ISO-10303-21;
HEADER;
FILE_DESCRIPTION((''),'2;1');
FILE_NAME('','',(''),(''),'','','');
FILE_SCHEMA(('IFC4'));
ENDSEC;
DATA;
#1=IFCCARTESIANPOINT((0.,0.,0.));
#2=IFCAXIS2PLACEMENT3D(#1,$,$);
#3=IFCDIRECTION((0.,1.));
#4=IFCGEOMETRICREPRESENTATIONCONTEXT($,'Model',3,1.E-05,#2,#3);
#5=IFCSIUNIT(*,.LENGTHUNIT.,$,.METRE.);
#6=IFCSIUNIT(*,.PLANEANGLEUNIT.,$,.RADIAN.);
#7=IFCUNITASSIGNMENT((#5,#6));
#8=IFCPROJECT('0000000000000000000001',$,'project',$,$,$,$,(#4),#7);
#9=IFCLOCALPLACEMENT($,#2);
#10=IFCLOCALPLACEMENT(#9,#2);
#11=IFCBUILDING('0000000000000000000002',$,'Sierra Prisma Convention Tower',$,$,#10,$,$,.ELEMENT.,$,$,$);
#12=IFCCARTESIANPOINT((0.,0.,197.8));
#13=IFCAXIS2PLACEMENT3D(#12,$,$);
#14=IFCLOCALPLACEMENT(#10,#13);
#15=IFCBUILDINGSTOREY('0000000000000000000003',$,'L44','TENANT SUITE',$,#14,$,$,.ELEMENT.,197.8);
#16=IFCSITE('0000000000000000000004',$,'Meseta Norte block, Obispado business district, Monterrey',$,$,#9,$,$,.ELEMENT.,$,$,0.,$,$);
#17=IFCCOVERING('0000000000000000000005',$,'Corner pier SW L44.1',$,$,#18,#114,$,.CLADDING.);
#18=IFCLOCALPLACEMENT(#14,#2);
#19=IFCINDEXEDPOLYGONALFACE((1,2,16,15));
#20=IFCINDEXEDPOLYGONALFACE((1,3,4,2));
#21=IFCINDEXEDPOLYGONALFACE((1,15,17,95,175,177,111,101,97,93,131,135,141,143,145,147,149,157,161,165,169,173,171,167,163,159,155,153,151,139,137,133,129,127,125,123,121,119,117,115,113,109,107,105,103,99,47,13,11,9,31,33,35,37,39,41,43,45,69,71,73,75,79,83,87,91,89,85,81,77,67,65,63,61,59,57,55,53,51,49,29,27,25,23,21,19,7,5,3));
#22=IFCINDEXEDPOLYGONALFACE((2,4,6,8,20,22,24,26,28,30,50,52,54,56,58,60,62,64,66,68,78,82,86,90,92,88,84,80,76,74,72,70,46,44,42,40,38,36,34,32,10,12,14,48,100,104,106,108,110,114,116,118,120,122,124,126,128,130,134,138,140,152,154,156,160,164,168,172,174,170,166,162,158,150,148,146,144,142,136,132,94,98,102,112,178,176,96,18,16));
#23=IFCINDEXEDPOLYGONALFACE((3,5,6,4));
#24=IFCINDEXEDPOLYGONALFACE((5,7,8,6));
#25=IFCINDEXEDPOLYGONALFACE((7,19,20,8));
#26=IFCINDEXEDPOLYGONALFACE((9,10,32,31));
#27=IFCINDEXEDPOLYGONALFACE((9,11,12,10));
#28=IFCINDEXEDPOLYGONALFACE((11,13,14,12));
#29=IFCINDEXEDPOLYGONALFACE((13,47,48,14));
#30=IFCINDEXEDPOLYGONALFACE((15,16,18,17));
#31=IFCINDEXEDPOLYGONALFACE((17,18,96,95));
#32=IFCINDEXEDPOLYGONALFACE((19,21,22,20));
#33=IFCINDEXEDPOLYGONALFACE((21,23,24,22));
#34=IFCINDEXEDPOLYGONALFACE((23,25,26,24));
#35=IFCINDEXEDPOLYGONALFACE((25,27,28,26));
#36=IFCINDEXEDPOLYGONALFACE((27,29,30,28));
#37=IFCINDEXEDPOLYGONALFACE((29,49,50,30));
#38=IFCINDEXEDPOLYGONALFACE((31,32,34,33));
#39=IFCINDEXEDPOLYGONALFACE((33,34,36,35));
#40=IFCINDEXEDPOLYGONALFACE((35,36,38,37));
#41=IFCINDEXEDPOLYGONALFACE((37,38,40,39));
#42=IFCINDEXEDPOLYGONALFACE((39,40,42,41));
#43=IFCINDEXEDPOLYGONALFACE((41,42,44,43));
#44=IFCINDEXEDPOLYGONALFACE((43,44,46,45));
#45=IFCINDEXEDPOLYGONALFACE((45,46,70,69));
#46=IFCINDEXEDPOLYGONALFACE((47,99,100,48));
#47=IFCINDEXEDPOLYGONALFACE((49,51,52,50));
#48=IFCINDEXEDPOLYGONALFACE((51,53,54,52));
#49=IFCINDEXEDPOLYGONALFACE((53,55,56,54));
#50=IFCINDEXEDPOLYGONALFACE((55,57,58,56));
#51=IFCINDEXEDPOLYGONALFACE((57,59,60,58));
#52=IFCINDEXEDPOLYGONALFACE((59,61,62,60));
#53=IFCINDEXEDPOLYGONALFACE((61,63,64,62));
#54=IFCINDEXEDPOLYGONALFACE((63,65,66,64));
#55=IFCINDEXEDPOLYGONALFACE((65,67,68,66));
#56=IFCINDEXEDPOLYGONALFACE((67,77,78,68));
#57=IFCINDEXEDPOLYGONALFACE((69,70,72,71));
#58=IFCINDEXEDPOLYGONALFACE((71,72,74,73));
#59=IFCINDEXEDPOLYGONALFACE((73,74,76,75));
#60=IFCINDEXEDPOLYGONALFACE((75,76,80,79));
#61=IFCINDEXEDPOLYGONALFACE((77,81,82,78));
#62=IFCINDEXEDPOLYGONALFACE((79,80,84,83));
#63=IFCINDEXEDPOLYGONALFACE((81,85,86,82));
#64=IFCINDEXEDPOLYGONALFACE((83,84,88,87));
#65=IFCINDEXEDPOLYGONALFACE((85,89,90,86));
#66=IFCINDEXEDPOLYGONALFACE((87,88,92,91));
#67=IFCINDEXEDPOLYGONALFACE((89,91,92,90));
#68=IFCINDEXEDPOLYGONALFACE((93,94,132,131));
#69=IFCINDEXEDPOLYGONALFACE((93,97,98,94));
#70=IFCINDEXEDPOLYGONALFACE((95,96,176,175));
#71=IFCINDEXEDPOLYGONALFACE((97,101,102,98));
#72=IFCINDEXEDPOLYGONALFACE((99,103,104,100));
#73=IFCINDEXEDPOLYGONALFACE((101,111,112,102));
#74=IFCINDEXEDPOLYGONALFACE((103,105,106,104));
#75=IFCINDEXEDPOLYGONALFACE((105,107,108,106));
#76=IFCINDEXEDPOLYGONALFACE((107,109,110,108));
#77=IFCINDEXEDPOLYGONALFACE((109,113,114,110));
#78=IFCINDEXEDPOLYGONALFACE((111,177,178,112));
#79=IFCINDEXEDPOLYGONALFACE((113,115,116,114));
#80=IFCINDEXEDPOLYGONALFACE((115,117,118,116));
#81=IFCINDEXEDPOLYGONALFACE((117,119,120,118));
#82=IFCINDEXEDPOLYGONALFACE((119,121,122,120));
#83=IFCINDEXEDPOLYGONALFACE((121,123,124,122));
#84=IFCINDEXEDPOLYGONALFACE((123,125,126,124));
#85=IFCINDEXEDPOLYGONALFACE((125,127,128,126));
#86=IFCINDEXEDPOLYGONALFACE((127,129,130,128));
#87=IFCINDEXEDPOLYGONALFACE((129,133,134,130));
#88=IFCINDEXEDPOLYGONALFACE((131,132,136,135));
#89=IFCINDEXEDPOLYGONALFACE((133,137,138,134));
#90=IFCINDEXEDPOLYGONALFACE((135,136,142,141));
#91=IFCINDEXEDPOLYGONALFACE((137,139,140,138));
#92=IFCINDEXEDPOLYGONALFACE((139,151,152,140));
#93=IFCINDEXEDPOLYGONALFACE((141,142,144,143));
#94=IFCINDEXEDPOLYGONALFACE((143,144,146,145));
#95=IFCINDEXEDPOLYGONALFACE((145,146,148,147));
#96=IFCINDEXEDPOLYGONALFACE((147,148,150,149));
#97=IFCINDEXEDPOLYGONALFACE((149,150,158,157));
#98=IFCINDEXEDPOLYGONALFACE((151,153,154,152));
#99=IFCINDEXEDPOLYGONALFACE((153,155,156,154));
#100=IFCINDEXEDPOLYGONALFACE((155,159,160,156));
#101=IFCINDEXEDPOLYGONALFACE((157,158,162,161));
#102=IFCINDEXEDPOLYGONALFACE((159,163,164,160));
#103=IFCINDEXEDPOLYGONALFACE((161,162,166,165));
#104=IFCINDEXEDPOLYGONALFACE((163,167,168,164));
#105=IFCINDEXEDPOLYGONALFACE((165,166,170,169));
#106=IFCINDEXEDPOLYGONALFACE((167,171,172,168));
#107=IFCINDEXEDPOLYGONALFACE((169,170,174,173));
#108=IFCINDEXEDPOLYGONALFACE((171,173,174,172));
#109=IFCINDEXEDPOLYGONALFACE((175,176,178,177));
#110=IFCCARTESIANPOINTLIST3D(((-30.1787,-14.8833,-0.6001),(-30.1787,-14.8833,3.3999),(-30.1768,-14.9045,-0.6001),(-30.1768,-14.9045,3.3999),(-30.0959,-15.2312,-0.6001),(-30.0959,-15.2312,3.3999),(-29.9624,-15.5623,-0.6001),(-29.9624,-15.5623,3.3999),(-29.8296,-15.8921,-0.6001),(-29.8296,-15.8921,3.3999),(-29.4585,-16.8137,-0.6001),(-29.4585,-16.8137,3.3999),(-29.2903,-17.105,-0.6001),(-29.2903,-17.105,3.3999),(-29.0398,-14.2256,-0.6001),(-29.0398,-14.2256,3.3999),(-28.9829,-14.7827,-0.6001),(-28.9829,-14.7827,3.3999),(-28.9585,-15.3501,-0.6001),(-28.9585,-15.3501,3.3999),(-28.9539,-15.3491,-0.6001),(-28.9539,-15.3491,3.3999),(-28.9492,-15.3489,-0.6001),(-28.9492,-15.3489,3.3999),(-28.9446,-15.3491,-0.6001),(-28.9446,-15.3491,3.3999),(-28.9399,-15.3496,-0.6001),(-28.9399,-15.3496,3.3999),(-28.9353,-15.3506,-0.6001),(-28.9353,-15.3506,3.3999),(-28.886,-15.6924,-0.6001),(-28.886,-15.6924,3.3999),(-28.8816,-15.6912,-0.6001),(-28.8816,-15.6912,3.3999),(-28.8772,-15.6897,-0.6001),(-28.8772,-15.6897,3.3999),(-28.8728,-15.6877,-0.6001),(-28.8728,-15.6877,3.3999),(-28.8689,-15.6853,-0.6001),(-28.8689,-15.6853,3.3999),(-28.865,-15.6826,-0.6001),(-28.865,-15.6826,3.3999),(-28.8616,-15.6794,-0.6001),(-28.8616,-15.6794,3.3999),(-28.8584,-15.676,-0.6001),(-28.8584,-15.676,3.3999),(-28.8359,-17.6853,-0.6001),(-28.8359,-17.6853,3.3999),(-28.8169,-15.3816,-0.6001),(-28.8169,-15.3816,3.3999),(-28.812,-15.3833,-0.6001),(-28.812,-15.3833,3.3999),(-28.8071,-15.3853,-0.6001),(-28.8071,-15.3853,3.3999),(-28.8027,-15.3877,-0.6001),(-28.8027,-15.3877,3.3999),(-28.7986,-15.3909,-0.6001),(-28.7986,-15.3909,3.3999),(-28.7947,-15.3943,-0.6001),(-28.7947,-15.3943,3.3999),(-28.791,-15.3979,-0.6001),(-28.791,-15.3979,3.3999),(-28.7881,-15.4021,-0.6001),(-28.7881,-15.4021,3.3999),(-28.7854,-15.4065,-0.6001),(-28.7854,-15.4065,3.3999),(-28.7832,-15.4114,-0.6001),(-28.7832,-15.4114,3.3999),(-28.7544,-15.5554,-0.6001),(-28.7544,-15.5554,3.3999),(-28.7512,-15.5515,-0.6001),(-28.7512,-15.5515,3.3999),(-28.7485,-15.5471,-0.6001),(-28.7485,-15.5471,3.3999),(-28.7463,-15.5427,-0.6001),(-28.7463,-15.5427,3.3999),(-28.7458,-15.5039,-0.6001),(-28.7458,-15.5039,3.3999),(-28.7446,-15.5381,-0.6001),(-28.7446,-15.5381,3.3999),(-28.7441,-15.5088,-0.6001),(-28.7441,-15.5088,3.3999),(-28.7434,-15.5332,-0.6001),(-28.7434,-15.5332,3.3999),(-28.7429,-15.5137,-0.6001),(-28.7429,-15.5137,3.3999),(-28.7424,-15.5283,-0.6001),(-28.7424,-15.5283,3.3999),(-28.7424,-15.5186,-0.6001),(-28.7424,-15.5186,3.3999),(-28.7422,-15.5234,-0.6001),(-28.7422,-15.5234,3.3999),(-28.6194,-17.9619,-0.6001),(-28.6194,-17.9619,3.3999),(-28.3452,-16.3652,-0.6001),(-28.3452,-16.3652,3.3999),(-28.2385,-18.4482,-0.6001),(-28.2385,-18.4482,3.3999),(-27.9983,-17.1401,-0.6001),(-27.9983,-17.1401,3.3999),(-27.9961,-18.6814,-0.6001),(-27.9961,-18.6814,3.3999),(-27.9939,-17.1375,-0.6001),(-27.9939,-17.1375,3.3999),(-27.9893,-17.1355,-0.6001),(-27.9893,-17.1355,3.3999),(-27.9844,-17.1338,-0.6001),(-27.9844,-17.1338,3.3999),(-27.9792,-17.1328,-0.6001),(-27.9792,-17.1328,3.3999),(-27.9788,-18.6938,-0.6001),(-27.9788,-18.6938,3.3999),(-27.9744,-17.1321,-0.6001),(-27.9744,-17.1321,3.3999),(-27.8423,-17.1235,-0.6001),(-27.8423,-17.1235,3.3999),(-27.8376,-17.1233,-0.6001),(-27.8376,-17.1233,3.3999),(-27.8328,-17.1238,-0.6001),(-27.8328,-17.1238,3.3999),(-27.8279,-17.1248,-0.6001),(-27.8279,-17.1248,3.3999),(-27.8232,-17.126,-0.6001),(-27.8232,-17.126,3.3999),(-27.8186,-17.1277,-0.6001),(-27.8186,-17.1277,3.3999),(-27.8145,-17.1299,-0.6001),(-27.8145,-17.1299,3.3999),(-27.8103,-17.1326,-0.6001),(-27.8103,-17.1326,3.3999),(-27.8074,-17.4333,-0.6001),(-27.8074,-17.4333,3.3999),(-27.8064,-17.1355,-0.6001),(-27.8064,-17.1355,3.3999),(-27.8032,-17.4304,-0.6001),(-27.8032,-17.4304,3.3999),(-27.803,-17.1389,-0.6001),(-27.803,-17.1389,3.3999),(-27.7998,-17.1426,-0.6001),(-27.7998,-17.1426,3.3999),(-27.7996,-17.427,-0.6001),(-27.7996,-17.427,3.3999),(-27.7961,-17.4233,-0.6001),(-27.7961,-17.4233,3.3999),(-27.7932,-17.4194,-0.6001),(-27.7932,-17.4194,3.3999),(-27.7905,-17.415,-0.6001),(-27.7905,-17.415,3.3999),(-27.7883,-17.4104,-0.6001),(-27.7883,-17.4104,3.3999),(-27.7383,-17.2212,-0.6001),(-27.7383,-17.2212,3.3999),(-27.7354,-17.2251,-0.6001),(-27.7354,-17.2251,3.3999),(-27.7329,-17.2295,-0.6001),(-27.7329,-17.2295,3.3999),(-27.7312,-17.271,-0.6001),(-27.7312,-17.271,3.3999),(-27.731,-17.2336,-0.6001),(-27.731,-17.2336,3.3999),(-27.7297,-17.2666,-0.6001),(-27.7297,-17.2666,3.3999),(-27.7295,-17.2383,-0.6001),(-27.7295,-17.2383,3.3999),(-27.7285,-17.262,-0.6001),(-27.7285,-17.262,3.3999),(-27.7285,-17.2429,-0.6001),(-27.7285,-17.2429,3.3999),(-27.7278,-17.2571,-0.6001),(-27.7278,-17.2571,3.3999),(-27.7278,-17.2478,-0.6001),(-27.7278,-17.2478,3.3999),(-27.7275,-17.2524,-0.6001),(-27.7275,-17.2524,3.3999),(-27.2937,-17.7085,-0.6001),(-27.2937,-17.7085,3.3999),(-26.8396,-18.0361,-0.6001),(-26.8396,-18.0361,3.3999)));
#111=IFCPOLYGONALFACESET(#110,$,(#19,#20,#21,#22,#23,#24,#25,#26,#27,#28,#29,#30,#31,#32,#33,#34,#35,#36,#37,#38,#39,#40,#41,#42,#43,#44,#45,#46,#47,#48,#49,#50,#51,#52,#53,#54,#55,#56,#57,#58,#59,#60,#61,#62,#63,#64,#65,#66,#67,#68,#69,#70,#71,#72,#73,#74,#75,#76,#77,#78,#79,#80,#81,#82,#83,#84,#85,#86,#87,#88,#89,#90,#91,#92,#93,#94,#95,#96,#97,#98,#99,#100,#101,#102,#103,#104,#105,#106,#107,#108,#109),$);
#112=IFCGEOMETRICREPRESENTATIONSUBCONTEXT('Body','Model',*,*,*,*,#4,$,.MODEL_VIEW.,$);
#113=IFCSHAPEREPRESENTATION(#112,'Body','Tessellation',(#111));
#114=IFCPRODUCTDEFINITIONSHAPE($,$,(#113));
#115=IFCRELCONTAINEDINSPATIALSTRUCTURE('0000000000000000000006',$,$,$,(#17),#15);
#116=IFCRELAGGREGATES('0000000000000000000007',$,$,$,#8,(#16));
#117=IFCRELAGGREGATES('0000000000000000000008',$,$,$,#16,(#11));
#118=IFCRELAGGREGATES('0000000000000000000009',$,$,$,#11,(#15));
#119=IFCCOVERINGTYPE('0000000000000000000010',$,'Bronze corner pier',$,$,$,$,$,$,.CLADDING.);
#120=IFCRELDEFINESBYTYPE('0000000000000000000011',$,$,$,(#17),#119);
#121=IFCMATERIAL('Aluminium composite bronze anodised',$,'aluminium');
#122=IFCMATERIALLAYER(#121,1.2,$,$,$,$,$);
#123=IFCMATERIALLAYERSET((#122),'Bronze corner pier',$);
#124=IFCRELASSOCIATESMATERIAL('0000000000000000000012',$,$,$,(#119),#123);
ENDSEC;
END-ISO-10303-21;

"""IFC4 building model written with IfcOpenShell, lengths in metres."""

from ifc_helpers import new_model, si_unit, direction, frame, origin, place, context, subcontext, project, spatial, polyline, outline, extrude, material, layer, layer_set, type_object, element, save


model = new_model("IFC4")

# Units and contexts
model_context = context("Model", 3, precision=1e-05, world=origin(), true_north=direction((0.0, 1.0)))
body_context = subcontext(model_context, "Body", "Model", "MODEL_VIEW")
ifc_project = project(units=[si_unit("LENGTHUNIT", "METRE"), si_unit("PLANEANGLEUNIT", "RADIAN")], contexts=[model_context])

# Site, building, storey
site_placement = place(None, origin())
site = spatial("IfcSite", under=ifc_project, at=site_placement, Name="Meseta Norte block, Obispado business district, Monterrey", CompositionType="ELEMENT", RefElevation=0.0)
building_placement = place(site_placement, origin())
building = spatial("IfcBuilding", under=site, at=building_placement, Name="Sierra Prisma Convention Tower", CompositionType="ELEMENT")
storey_placement = place(building_placement, frame((0.0, 0.0, 197.8)))
storey = spatial("IfcBuildingStorey", under=building, at=storey_placement, Name="L44", Description="TENANT SUITE", CompositionType="ELEMENT", Elevation=197.8)

# Covering
ifc_material_1 = material(Name="Aluminium composite bronze anodised", Category="aluminium")
ifc_layer_1 = layer(ifc_material_1, 1.2)
ifc_layer_set_1 = layer_set([ifc_layer_1], Name="Bronze corner pier")
covering_type_1 = type_object("IfcCoveringType", Name="Bronze corner pier", PredefinedType="CLADDING", material=ifc_layer_set_1)
covering_1_placement = place(storey_placement, frame((0.0, 0.0, -0.6001)))
element("IfcCovering", 1, at=covering_1_placement, inside=storey, type_object=covering_type_1, Name="Corner pier SW L44.1", PredefinedType="CLADDING", context=body_context, shape_type="SweptSolid", body=[
    extrude(outline(polyline([(-29.4585, -16.8137), (-29.8296, -15.8921), (-28.886, -15.6924), (-28.8816, -15.6912), (-28.8772, -15.6897), (-28.8728, -15.6877), (-28.8689, -15.6853), (-28.865, -15.6826), (-28.8616, -15.6794), (-28.8584, -15.676), (-28.7544, -15.5554), (-28.7512, -15.5515), (-28.7485, -15.5471), (-28.7463, -15.5427), (-28.7446, -15.5381), (-28.7434, -15.5332), (-28.7424, -15.5283), (-28.7422, -15.5234), (-28.7424, -15.5186), (-28.7429, -15.5137), (-28.7441, -15.5088), (-28.7458, -15.5039), (-28.7832, -15.4114), (-28.7854, -15.4065), (-28.7881, -15.4021), (-28.791, -15.3979), (-28.7947, -15.3943), (-28.7986, -15.3909), (-28.8027, -15.3877), (-28.8071, -15.3853), (-28.812, -15.3833), (-28.8169, -15.3816), (-28.9353, -15.3506), (-28.9399, -15.3496), (-28.9446, -15.3491), (-28.9492, -15.3489), (-28.9539, -15.3491), (-28.9585, -15.3501), (-29.9624, -15.5623), (-30.0959, -15.2312), (-30.1768, -14.9045), (-30.1787, -14.8833), (-29.0398, -14.2256), (-28.9829, -14.7827), (-28.3452, -16.3652), (-27.2937, -17.7085), (-26.8396, -18.0361), (-27.9788, -18.6938), (-27.9961, -18.6814), (-28.2385, -18.4482), (-28.6194, -17.9619), (-27.8074, -17.4333), (-27.8032, -17.4304), (-27.7996, -17.427), (-27.7961, -17.4233), (-27.7932, -17.4194), (-27.7905, -17.415), (-27.7883, -17.4104), (-27.7312, -17.271), (-27.7297, -17.2666), (-27.7285, -17.262), (-27.7278, -17.2571), (-27.7275, -17.2524), (-27.7278, -17.2478), (-27.7285, -17.2429), (-27.7295, -17.2383), (-27.731, -17.2336), (-27.7329, -17.2295), (-27.7354, -17.2251), (-27.7383, -17.2212), (-27.7998, -17.1426), (-27.803, -17.1389), (-27.8064, -17.1355), (-27.8103, -17.1326), (-27.8145, -17.1299), (-27.8186, -17.1277), (-27.8232, -17.126), (-27.8279, -17.1248), (-27.8328, -17.1238), (-27.8376, -17.1233), (-27.8423, -17.1235), (-27.9744, -17.1321), (-27.9792, -17.1328), (-27.9844, -17.1338), (-27.9893, -17.1355), (-27.9939, -17.1375), (-27.9983, -17.1401), (-28.8359, -17.6853), (-29.2903, -17.105), (-29.4585, -16.8137)])), origin(), (0.0, 0.0, 1.0), 4.0),
])

save(model, "model.ifc")
